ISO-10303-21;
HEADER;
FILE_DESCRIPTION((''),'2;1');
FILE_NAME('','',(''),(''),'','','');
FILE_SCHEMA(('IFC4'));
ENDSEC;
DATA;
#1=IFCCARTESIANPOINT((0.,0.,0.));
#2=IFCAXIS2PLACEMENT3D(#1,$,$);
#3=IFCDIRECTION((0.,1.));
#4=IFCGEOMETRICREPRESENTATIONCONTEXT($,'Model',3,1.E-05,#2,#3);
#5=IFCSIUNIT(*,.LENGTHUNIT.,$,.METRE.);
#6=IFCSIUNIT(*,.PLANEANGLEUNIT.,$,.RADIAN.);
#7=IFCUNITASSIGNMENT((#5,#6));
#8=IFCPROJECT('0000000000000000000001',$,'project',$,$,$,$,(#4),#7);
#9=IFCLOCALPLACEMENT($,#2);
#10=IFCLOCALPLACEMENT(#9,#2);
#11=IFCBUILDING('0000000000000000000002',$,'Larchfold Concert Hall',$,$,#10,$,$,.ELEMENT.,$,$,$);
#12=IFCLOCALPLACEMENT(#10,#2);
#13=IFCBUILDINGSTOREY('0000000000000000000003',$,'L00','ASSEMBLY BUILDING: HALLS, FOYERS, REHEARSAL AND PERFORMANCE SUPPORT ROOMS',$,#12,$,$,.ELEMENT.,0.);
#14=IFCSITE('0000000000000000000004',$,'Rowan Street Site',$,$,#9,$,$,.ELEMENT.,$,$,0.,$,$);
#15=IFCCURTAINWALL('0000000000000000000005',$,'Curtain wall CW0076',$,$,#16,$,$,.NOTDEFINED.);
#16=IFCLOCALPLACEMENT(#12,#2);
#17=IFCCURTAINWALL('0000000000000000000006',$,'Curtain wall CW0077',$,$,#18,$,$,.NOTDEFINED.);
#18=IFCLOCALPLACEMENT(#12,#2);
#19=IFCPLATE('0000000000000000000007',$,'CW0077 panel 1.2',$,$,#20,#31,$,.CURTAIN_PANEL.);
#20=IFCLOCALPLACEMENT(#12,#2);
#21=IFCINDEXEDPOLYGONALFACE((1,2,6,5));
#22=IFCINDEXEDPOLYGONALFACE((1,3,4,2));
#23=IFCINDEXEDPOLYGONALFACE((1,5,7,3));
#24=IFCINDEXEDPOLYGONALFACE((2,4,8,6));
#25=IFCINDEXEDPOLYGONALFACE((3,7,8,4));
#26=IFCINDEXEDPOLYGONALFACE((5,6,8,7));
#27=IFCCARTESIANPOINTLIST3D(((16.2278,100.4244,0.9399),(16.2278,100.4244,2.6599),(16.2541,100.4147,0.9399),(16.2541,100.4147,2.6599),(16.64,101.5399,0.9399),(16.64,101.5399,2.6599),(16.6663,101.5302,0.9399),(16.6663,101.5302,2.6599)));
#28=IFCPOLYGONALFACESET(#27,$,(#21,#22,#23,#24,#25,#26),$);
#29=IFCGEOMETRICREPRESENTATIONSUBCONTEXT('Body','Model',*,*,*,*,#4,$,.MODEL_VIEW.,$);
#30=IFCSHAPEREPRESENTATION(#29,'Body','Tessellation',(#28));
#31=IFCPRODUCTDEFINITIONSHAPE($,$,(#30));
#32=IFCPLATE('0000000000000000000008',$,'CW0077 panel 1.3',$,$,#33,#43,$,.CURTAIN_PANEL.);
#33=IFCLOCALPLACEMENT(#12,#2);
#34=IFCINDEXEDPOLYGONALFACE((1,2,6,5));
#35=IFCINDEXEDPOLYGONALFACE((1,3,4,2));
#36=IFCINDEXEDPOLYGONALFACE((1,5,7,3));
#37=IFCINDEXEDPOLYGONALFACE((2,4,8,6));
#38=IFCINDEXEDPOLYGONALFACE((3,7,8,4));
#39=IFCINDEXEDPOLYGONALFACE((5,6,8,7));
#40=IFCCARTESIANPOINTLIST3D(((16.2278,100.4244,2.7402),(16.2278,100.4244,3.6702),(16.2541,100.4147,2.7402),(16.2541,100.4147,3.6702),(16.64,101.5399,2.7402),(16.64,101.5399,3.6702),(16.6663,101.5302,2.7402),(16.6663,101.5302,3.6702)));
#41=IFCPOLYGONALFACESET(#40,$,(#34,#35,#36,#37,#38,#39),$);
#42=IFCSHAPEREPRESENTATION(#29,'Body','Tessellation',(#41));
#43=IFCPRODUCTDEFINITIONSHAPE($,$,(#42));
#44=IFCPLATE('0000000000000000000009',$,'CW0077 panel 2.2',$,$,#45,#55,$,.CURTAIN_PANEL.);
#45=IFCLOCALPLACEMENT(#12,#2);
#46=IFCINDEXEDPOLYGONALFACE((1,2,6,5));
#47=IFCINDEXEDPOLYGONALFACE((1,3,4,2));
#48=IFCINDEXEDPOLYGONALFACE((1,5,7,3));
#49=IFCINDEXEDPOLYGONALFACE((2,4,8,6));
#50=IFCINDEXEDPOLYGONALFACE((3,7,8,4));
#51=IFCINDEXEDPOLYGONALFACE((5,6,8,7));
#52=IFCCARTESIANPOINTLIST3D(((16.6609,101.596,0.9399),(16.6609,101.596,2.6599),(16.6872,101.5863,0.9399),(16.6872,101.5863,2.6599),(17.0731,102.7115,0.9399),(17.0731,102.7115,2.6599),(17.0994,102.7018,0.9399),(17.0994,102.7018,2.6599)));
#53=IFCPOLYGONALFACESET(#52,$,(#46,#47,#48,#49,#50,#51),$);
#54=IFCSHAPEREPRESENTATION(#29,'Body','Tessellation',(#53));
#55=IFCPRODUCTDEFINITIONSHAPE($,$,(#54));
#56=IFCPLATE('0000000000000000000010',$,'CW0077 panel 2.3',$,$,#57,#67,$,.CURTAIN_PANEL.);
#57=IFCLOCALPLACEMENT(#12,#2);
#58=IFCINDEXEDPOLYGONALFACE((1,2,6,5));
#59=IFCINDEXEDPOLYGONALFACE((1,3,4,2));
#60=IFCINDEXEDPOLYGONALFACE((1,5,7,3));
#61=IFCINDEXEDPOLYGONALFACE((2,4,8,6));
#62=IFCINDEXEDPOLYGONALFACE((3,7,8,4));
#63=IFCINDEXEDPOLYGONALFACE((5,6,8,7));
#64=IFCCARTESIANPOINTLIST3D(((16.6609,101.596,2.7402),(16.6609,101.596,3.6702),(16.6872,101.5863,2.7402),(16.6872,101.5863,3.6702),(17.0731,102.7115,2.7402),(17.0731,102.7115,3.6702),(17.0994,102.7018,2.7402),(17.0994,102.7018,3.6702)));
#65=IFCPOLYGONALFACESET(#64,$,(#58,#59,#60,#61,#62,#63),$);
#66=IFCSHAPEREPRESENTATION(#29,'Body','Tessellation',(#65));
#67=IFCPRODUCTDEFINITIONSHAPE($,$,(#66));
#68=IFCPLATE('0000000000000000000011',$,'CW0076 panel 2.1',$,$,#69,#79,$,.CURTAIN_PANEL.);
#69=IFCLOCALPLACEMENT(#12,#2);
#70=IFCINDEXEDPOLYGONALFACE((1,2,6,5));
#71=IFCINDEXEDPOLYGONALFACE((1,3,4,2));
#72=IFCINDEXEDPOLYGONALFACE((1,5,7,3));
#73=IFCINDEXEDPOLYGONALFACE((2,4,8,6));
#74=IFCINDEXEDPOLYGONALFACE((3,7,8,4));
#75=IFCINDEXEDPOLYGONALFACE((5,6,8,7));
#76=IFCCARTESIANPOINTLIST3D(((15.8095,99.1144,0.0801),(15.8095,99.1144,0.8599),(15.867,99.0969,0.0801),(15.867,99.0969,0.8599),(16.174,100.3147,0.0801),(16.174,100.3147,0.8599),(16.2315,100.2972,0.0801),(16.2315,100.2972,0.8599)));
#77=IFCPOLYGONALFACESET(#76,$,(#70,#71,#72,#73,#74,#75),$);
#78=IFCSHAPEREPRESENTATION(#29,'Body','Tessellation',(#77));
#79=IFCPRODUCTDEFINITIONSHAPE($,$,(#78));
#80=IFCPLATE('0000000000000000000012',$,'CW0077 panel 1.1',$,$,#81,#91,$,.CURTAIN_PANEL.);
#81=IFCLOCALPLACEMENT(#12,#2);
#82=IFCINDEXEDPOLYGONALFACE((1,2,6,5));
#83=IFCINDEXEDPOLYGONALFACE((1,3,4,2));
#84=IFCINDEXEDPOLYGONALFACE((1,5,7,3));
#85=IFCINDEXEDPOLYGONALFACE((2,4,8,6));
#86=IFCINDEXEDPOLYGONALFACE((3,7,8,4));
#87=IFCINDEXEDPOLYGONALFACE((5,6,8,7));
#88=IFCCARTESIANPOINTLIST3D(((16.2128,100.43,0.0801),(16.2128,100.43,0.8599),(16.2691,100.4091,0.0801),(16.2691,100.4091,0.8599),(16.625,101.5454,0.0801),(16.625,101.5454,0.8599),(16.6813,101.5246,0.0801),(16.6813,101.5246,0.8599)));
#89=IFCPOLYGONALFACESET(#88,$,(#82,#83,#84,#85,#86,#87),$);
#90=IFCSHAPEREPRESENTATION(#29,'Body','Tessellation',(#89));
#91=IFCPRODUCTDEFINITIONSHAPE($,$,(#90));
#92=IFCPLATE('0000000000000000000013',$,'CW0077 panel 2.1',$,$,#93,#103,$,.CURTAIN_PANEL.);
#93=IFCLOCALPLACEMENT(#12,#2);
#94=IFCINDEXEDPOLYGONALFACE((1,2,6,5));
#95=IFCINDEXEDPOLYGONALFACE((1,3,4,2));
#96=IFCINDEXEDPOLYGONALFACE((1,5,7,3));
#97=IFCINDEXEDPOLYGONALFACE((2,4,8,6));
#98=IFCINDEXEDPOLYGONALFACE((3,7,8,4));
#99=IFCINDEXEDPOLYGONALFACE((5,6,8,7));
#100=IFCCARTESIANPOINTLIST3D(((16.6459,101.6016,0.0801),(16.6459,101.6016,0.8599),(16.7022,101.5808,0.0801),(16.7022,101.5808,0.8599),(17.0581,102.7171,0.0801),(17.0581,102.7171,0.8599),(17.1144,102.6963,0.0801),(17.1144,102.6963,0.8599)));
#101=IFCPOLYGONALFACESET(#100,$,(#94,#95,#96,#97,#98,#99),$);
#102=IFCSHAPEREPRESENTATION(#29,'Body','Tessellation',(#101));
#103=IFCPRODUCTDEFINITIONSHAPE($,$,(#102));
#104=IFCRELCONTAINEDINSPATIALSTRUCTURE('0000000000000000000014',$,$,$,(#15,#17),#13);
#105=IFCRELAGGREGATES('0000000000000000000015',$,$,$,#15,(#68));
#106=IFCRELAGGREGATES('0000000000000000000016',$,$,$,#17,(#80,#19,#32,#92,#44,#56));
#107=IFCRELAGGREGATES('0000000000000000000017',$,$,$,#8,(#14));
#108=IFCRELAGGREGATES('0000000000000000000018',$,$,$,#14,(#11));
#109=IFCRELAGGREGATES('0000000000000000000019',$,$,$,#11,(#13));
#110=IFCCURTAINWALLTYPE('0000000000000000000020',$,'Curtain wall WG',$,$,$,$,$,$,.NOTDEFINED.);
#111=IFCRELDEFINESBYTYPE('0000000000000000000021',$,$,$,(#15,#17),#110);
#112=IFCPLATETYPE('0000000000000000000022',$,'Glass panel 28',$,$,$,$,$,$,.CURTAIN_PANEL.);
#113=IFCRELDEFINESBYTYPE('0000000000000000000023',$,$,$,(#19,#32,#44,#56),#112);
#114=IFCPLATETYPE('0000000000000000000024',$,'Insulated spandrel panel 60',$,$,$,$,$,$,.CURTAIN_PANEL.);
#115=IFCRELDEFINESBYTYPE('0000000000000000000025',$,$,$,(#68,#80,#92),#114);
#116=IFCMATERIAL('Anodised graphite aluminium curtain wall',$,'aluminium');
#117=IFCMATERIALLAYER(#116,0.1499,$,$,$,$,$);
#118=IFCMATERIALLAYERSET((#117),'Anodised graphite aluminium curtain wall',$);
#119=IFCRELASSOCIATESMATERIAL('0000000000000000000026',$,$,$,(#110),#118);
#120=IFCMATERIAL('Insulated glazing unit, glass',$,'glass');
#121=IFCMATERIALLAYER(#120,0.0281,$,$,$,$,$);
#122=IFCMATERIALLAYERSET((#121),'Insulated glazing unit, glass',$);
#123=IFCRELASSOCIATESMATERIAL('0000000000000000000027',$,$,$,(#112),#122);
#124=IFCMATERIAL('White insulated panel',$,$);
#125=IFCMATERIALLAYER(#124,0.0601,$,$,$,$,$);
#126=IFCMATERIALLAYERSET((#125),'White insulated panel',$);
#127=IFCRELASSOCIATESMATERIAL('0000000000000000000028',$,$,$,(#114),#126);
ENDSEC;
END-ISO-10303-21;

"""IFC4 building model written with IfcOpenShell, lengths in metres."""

from ifc_helpers import new_model, si_unit, direction, frame, origin, origin_2d, place, context, subcontext, project, spatial, rectangle, extrude, material, layer, layer_set, type_object, element, aggregate, save


model = new_model("IFC4")

# Units and contexts
model_context = context("Model", 3, precision=1e-05, world=origin(), true_north=direction((0.0, 1.0)))
body_context = subcontext(model_context, "Body", "Model", "MODEL_VIEW")
ifc_project = project(units=[si_unit("LENGTHUNIT", "METRE"), si_unit("PLANEANGLEUNIT", "RADIAN")], contexts=[model_context])

# Site, building, storey
site_placement = place(None, origin())
site = spatial("IfcSite", under=ifc_project, at=site_placement, Name="Rowan Street Site", CompositionType="ELEMENT", RefElevation=0.0)
building_placement = place(site_placement, origin())
building = spatial("IfcBuilding", under=site, at=building_placement, Name="Larchfold Concert Hall", CompositionType="ELEMENT")
storey_placement = place(building_placement, origin())
storey = spatial("IfcBuildingStorey", under=building, at=storey_placement, Name="L00", Description="ASSEMBLY BUILDING: HALLS, FOYERS, REHEARSAL AND PERFORMANCE SUPPORT ROOMS", CompositionType="ELEMENT", Elevation=0.0)

# Curtain wall
ifc_material_1 = material(Name="Anodised graphite aluminium curtain wall", Category="aluminium")
ifc_layer_1 = layer(ifc_material_1, 0.1499)
ifc_layer_set_1 = layer_set([ifc_layer_1], Name="Anodised graphite aluminium curtain wall")
curtain_wall_type = type_object("IfcCurtainWallType", Name="Curtain wall WG", PredefinedType="NOTDEFINED", material=ifc_layer_set_1)
curtain_wall_1_placement = place(storey_placement, origin())
curtain_wall_1 = element("IfcCurtainWall", 1, at=curtain_wall_1_placement, inside=storey, type_object=curtain_wall_type, Name="Curtain wall CW0076", PredefinedType="NOTDEFINED")

# Curtain wall
curtain_wall_2_placement = place(storey_placement, origin())
curtain_wall_2 = element("IfcCurtainWall", 2, at=curtain_wall_2_placement, inside=storey, type_object=curtain_wall_type, Name="Curtain wall CW0077", PredefinedType="NOTDEFINED")

# Plates
ifc_material_2 = material(Name="Insulated glazing unit, glass", Category="glass")
ifc_layer_2 = layer(ifc_material_2, 0.0281)
ifc_layer_set_2 = layer_set([ifc_layer_2], Name="Insulated glazing unit, glass")
plate_type_1 = type_object("IfcPlateType", Name="Glass panel 28", PredefinedType="CURTAIN_PANEL", material=ifc_layer_set_2)
plate_1_placement = place(storey_placement, frame((16.447, 100.9773, 0.9399), z_axis=(0.0, 0.0, 1.0), x_axis=(0.346612, 0.938009, 0.0)))
plate_1 = element("IfcPlate", 3, at=plate_1_placement, type_object=plate_type_1, Name="CW0077 panel 1.2", PredefinedType="CURTAIN_PANEL", context=body_context, shape_type="SweptSolid", body=[
    extrude(rectangle(XDim=1.1892, YDim=0.0281, at=origin_2d()), origin(), (0.0, 0.0, 1.0), 1.72),
])
plate_2_placement = place(storey_placement, frame((16.447, 100.9773, 2.7402), z_axis=(0.0, 0.0, 1.0), x_axis=(0.346612, 0.938009, 0.0)))
plate_2 = element("IfcPlate", 4, at=plate_2_placement, type_object=plate_type_1, Name="CW0077 panel 1.3", PredefinedType="CURTAIN_PANEL", context=body_context, shape_type="SweptSolid", body=[
    extrude(rectangle(XDim=1.1892, YDim=0.0281, at=origin_2d()), origin(), (0.0, 0.0, 1.0), 0.9299),
])
plate_3_placement = place(storey_placement, frame((16.8801, 102.1489, 0.9399), z_axis=(0.0, 0.0, 1.0), x_axis=(0.346612, 0.938009, 0.0)))
plate_3 = element("IfcPlate", 5, at=plate_3_placement, type_object=plate_type_1, Name="CW0077 panel 2.2", PredefinedType="CURTAIN_PANEL", context=body_context, shape_type="SweptSolid", body=[
    extrude(rectangle(XDim=1.1892, YDim=0.0281, at=origin_2d()), origin(), (0.0, 0.0, 1.0), 1.72),
])
plate_4_placement = place(storey_placement, frame((16.8801, 102.1489, 2.7402), z_axis=(0.0, 0.0, 1.0), x_axis=(0.346612, 0.938009, 0.0)))
plate_4 = element("IfcPlate", 6, at=plate_4_placement, type_object=plate_type_1, Name="CW0077 panel 2.3", PredefinedType="CURTAIN_PANEL", context=body_context, shape_type="SweptSolid", body=[
    extrude(rectangle(XDim=1.1892, YDim=0.0281, at=origin_2d()), origin(), (0.0, 0.0, 1.0), 0.9299),
])
ifc_material_3 = material(Name="White insulated panel")
ifc_layer_3 = layer(ifc_material_3, 0.0601)
ifc_layer_set_3 = layer_set([ifc_layer_3], Name="White insulated panel")
plate_type_2 = type_object("IfcPlateType", Name="Insulated spandrel panel 60", PredefinedType="CURTAIN_PANEL", material=ifc_layer_set_3)
plate_5_placement = place(storey_placement, frame((16.0205, 99.7058, 0.0801), z_axis=(0.0, 0.0, 1.0), x_axis=(0.290562, 0.956856, 0.0)))
plate_5 = element("IfcPlate", 7, at=plate_5_placement, type_object=plate_type_2, Name="CW0076 panel 2.1", PredefinedType="CURTAIN_PANEL", context=body_context, shape_type="SweptSolid", body=[
    extrude(rectangle(XDim=1.2544, YDim=0.0601, at=origin_2d()), origin(), (0.0, 0.0, 1.0), 0.7798),
])
aggregate(curtain_wall_1, [plate_5])
plate_6_placement = place(storey_placement, frame((16.447, 100.9773, 0.0801), z_axis=(0.0, 0.0, 1.0), x_axis=(0.346612, 0.938009, 0.0)))
plate_6 = element("IfcPlate", 8, at=plate_6_placement, type_object=plate_type_2, Name="CW0077 panel 1.1", PredefinedType="CURTAIN_PANEL", context=body_context, shape_type="SweptSolid", body=[
    extrude(rectangle(XDim=1.1892, YDim=0.0601, at=origin_2d()), origin(), (0.0, 0.0, 1.0), 0.7798),
])
plate_7_placement = place(storey_placement, frame((16.8801, 102.1489, 0.0801), z_axis=(0.0, 0.0, 1.0), x_axis=(0.346612, 0.938009, 0.0)))
plate_7 = element("IfcPlate", 9, at=plate_7_placement, type_object=plate_type_2, Name="CW0077 panel 2.1", PredefinedType="CURTAIN_PANEL", context=body_context, shape_type="SweptSolid", body=[
    extrude(rectangle(XDim=1.1892, YDim=0.0601, at=origin_2d()), origin(), (0.0, 0.0, 1.0), 0.7798),
])
aggregate(curtain_wall_2, [plate_6, plate_1, plate_2, plate_7, plate_3, plate_4])

save(model, "model.ifc")
